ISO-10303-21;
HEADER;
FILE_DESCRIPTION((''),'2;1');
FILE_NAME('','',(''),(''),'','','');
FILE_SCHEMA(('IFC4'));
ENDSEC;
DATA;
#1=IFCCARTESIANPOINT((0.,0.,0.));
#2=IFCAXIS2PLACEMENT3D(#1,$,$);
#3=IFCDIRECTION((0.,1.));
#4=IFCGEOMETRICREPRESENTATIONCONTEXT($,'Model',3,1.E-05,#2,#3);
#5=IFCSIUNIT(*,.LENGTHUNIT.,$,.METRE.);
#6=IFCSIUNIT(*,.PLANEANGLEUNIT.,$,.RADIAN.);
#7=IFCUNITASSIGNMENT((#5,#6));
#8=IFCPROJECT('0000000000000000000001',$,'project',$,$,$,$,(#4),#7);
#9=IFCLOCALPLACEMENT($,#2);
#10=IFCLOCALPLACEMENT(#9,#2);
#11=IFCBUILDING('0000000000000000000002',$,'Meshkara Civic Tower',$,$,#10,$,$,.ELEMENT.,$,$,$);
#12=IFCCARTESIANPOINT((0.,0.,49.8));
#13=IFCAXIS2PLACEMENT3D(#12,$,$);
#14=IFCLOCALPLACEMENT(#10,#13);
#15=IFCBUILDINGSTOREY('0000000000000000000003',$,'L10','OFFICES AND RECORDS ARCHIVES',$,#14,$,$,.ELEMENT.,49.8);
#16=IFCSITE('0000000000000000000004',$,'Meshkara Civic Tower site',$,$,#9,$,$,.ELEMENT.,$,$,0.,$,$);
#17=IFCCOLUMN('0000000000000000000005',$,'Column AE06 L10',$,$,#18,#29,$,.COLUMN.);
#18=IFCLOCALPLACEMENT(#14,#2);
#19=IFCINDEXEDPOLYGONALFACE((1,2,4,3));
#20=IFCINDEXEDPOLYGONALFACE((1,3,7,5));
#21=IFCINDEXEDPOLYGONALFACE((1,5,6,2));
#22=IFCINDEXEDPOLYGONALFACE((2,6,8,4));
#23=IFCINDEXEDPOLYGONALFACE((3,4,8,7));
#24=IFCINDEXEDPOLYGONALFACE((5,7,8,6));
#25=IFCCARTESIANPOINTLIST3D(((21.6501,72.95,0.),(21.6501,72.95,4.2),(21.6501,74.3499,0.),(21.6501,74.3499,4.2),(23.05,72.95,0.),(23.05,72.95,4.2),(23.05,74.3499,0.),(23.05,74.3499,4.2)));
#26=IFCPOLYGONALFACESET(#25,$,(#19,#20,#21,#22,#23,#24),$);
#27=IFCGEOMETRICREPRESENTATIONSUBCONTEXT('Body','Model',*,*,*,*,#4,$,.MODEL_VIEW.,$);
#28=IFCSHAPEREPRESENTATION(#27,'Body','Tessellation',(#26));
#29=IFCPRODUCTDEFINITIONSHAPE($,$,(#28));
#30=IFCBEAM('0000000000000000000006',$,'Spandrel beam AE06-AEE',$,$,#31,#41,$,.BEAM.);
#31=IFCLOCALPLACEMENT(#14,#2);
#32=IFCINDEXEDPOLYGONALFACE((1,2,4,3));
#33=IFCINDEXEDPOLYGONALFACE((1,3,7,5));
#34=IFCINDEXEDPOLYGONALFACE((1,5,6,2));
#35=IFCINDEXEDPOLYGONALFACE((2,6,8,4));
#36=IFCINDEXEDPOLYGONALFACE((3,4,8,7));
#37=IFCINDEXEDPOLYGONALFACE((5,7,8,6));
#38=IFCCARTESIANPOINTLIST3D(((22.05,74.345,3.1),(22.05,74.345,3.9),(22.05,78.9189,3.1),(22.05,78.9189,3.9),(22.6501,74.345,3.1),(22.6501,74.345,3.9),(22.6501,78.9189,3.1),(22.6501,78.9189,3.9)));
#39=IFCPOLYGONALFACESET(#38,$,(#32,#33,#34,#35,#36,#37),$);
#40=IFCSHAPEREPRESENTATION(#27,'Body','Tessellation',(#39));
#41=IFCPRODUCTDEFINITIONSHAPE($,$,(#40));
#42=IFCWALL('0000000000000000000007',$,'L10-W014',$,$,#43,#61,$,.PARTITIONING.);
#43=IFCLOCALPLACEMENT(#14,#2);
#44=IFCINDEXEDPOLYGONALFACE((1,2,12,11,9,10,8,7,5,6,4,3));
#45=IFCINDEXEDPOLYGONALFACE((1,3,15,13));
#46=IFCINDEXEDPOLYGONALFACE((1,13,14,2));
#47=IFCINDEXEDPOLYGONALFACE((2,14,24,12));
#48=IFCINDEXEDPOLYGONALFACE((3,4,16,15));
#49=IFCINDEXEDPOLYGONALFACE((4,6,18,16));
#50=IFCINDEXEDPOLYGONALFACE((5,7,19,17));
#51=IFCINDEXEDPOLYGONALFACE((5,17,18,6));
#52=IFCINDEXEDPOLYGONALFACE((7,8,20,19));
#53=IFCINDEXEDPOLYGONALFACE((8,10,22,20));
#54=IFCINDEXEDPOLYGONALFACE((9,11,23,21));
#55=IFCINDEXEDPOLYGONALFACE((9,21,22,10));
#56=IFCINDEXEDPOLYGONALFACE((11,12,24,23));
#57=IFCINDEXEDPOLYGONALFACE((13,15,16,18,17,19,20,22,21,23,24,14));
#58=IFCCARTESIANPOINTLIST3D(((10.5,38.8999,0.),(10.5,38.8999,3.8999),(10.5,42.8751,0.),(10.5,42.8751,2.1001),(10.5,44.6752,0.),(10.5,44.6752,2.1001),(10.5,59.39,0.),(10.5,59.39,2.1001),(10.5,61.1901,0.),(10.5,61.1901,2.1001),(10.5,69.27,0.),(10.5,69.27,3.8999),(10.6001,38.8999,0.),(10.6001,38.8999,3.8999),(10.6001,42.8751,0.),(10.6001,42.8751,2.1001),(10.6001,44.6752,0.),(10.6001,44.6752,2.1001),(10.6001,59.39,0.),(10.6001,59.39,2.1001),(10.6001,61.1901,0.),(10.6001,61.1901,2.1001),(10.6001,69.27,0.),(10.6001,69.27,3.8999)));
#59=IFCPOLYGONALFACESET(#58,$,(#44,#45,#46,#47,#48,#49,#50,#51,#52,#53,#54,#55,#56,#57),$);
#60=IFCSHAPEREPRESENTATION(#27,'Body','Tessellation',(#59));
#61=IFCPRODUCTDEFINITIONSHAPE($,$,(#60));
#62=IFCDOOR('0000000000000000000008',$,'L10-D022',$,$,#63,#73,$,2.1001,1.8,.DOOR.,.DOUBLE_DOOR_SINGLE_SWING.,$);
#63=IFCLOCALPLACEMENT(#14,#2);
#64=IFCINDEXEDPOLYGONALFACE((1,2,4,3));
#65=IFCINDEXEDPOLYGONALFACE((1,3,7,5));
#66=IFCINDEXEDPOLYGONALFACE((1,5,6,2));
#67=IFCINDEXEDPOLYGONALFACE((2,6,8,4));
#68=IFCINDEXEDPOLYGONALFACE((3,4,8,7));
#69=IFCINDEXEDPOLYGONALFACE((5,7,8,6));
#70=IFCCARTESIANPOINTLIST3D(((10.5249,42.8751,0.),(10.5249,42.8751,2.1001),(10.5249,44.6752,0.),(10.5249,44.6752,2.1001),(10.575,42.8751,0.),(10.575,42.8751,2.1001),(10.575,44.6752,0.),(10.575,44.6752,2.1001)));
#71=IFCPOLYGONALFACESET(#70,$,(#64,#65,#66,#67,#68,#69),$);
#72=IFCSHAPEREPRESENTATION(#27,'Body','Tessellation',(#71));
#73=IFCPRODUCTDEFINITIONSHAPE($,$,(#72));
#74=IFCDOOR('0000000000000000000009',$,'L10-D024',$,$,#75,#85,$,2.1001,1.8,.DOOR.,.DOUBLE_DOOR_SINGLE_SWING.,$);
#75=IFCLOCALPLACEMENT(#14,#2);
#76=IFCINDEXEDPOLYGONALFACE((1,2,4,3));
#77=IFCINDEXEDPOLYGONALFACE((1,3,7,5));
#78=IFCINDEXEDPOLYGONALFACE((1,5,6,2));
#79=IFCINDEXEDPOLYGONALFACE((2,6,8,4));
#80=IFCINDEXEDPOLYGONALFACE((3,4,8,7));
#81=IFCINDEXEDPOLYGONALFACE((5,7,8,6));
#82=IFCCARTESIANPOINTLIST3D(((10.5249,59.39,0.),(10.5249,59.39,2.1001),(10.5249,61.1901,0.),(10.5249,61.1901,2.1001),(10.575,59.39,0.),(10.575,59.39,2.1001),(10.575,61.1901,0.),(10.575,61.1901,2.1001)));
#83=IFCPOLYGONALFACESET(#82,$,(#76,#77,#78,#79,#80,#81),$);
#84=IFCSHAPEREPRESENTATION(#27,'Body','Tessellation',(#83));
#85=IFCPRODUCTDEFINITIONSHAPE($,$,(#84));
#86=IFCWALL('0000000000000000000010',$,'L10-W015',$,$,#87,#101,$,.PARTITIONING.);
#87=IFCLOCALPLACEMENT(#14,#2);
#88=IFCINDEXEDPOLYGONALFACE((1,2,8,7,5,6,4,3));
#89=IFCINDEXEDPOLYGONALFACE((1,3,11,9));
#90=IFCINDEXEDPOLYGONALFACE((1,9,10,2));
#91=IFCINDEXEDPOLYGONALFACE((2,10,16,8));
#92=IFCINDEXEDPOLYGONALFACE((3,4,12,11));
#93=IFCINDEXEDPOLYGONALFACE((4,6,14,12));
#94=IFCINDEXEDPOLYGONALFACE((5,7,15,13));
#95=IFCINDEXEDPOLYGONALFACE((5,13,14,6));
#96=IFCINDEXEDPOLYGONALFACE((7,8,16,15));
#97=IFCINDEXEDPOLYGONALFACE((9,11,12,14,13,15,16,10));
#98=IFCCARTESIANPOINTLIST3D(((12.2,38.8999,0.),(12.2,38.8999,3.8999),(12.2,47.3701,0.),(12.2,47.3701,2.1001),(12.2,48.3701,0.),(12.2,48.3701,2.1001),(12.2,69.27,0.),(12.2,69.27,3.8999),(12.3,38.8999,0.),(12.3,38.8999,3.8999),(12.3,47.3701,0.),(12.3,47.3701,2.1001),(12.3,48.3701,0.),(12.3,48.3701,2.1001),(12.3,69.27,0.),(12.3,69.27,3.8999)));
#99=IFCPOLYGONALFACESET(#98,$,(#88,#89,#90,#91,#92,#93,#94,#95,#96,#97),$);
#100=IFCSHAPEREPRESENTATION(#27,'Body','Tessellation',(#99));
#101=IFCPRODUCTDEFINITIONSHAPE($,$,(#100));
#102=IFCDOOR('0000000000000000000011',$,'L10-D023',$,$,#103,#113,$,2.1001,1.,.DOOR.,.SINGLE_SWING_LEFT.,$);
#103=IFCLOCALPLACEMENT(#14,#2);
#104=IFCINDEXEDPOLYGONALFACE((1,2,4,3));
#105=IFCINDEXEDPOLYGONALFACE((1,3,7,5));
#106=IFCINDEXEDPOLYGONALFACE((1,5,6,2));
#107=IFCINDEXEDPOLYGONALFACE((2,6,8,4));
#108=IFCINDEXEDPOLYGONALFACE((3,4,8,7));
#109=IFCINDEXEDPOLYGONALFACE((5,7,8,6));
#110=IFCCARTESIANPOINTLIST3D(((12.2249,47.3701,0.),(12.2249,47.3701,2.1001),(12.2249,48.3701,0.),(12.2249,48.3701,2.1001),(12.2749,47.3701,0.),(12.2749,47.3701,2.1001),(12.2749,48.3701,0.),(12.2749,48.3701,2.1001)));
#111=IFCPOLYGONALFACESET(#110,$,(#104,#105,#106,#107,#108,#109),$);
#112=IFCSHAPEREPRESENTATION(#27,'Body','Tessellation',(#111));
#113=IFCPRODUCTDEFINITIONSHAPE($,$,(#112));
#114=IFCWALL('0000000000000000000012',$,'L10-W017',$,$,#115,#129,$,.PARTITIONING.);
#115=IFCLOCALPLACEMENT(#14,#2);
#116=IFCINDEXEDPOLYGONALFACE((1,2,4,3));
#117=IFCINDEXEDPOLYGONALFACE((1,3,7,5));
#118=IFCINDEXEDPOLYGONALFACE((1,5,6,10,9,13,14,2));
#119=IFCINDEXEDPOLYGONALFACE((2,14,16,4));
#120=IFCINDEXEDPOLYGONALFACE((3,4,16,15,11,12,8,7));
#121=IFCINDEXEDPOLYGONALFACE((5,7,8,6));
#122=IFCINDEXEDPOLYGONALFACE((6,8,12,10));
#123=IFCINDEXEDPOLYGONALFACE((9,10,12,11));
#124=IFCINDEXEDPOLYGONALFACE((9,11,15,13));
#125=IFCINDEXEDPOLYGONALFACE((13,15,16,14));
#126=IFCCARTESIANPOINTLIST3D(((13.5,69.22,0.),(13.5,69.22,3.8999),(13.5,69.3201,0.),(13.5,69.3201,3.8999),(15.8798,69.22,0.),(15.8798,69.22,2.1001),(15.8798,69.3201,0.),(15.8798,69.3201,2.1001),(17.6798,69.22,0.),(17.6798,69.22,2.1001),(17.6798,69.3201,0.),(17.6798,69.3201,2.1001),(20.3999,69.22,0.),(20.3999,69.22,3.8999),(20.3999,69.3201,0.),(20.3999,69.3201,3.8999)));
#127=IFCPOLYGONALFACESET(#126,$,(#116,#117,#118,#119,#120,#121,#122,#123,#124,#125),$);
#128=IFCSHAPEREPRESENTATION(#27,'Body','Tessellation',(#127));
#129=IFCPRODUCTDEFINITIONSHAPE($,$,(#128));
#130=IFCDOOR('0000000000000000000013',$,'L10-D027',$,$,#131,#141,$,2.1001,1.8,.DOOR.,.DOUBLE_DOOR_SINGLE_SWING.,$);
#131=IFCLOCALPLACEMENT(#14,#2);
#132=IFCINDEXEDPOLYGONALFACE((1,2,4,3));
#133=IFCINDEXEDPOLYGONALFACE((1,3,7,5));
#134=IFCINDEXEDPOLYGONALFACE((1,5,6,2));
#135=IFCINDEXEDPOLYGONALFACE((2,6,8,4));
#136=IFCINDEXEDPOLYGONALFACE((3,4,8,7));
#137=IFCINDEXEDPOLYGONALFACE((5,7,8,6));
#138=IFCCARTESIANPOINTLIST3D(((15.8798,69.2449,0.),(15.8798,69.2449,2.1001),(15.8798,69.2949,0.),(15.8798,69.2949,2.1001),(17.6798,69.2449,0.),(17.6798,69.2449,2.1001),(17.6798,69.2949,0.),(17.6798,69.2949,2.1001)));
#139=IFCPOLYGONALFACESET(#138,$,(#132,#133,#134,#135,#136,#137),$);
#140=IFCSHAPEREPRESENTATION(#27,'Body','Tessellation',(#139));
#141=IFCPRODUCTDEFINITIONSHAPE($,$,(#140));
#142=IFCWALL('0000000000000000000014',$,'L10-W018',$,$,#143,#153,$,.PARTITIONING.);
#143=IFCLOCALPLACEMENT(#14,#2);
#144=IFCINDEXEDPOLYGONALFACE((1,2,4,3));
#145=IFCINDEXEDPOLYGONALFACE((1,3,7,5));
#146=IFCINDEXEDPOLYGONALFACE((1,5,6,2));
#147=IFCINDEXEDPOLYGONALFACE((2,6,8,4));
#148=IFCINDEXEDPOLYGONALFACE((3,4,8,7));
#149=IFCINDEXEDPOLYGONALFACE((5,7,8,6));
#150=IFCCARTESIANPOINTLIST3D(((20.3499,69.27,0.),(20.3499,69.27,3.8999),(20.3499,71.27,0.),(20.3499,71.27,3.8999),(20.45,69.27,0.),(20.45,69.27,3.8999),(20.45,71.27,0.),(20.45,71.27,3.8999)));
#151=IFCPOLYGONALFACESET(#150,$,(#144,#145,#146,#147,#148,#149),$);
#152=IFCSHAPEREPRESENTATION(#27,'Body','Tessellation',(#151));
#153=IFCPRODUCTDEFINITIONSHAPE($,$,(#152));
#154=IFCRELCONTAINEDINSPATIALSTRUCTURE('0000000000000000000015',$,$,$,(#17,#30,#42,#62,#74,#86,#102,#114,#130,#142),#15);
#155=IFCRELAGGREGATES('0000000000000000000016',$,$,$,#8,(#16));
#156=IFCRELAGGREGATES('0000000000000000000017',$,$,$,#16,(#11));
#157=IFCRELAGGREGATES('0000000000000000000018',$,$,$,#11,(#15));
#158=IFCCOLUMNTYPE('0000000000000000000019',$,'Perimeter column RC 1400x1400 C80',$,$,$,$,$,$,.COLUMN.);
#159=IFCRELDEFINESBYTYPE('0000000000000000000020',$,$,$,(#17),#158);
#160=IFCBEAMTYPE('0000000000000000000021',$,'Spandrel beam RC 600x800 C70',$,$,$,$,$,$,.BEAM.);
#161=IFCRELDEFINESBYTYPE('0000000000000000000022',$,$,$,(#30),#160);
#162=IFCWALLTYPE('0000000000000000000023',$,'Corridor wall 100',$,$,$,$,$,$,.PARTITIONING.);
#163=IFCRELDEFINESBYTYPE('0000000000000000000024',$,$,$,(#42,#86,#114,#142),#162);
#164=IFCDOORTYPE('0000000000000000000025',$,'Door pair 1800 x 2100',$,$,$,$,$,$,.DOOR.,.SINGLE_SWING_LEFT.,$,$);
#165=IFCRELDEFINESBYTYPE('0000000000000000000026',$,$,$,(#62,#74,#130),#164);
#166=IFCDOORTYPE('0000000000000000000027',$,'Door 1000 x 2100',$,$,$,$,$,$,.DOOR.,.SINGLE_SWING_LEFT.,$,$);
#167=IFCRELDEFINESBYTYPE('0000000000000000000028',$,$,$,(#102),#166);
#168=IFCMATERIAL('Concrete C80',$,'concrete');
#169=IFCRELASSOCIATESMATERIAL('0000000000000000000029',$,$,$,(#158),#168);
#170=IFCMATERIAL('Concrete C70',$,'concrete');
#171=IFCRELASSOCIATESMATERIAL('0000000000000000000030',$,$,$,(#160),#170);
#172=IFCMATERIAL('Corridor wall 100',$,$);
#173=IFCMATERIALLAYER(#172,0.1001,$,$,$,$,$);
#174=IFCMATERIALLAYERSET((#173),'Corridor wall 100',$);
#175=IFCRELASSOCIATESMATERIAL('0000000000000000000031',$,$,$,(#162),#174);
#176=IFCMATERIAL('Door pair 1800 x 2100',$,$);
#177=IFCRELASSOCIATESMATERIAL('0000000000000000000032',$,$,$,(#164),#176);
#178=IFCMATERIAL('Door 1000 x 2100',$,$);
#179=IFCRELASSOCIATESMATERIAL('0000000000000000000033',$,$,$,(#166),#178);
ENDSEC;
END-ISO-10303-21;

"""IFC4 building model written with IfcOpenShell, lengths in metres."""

from ifc_helpers import new_model, si_unit, direction, frame, frame_2d, origin, origin_2d, place, context, subcontext, project, spatial, rectangle, extrude, material, layer, layer_set, material_profile, profile_set, type_object, element, fill, save


model = new_model("IFC4")

# Units and contexts
model_context = context("Model", 3, precision=1e-05, world=origin(), true_north=direction((0.0, 1.0)))
body_context = subcontext(model_context, "Body", "Model", "MODEL_VIEW")
ifc_project = project(units=[si_unit("LENGTHUNIT", "METRE"), si_unit("PLANEANGLEUNIT", "RADIAN")], contexts=[model_context])

# Site, building, storey
site_placement = place(None, origin())
site = spatial("IfcSite", under=ifc_project, at=site_placement, Name="Meshkara Civic Tower site", CompositionType="ELEMENT", RefElevation=0.0)
building_placement = place(site_placement, origin())
building = spatial("IfcBuilding", under=site, at=building_placement, Name="Meshkara Civic Tower", CompositionType="ELEMENT")
storey_placement = place(building_placement, frame((0.0, 0.0, 49.8)))
storey = spatial("IfcBuildingStorey", under=building, at=storey_placement, Name="L10", Description="OFFICES AND RECORDS ARCHIVES", CompositionType="ELEMENT", Elevation=49.8)

# Column
ifc_material_1 = material(Name="Concrete C80", Category="concrete")
ifc_material_profile_1 = material_profile(ifc_material_1, rectangle(XDim=1.3999, YDim=1.3999, at=origin_2d()))
ifc_profile_set_1 = profile_set([ifc_material_profile_1], Name="Concrete C80")
column_type = type_object("IfcColumnType", Name="Perimeter column RC 1400x1400 C80", PredefinedType="COLUMN", material=ifc_profile_set_1)
column_placement = place(storey_placement, frame((22.3501, 73.6499, 0.0), z_axis=(0.0, 0.0, 1.0), x_axis=(1.0, 0.0, 0.0)))
element("IfcColumn", 1, at=column_placement, inside=storey, type_object=column_type, Name="Column AE06 L10", PredefinedType="COLUMN", context=body_context, shape_type="SweptSolid", body=[
    extrude(rectangle(XDim=1.3999, YDim=1.3999, at=origin_2d()), origin(), (0.0, 0.0, 1.0), 4.2),
])

# Beam
ifc_material_2 = material(Name="Concrete C70", Category="concrete")
ifc_material_profile_2 = material_profile(ifc_material_2, rectangle(XDim=0.6001, YDim=0.8, at=origin_2d()))
ifc_profile_set_2 = profile_set([ifc_material_profile_2], Name="Concrete C70")
beam_type = type_object("IfcBeamType", Name="Spandrel beam RC 600x800 C70", PredefinedType="BEAM", material=ifc_profile_set_2)
beam_placement = place(storey_placement, frame((22.3501, 74.345, 3.5), z_axis=(0.0, 1.0, 0.0), x_axis=(-1.0, 0.0, 0.0)))
element("IfcBeam", 2, at=beam_placement, inside=storey, type_object=beam_type, Name="Spandrel beam AE06-AEE", PredefinedType="BEAM", context=body_context, shape_type="SweptSolid", body=[
    extrude(rectangle(XDim=0.6001, YDim=0.8, at=origin_2d()), origin(), (0.0, 0.0, 1.0), 4.574),
])

# Wall, openings, doors
ifc_material_3 = material(Name="Corridor wall 100")
ifc_layer_1 = layer(ifc_material_3, 0.1001)
ifc_layer_set_1 = layer_set([ifc_layer_1], Name="Corridor wall 100")
wall_type_1 = type_object("IfcWallType", Name="Corridor wall 100", PredefinedType="PARTITIONING", material=ifc_layer_set_1)
wall_1_placement = place(storey_placement, frame((10.55, 69.27, 0.0), z_axis=(0.0, 0.0, 1.0), x_axis=(0.0, -1.0, 0.0)))
wall_1 = element("IfcWall", 3, at=wall_1_placement, inside=storey, type_object=wall_type_1, Name="L10-W014", PredefinedType="PARTITIONING", context=body_context, shape_type="SweptSolid", body=[
    extrude(rectangle(XDim=30.3701, YDim=0.1001, at=frame_2d((15.1851, 0.0))), origin(), (0.0, 0.0, 1.0), 3.8999),
])
opening_1_placement = place(wall_1_placement, frame((24.595, 0.0, 0.0)))
opening_1 = element("IfcOpeningElement", 4, at=opening_1_placement, cuts=wall_1, PredefinedType="OPENING", context=body_context, shape_type="SweptSolid", body=[
    extrude(rectangle(XDim=1.8, YDim=2.1001, at=frame_2d((0.8999, 1.05))), frame((0.0, 0.0601, 0.0), z_axis=(0.0, -1.0, 0.0), x_axis=(1.0, 0.0, 0.0)), (0.0, 0.0, 1.0), 0.1201),
])
opening_2_placement = place(wall_1_placement, frame((8.0801, 0.0, 0.0)))
opening_2 = element("IfcOpeningElement", 5, at=opening_2_placement, cuts=wall_1, PredefinedType="OPENING", context=body_context, shape_type="SweptSolid", body=[
    extrude(rectangle(XDim=1.8, YDim=2.1001, at=frame_2d((0.8999, 1.05))), frame((0.0, 0.0601, 0.0), z_axis=(0.0, -1.0, 0.0), x_axis=(1.0, 0.0, 0.0)), (0.0, 0.0, 1.0), 0.1201),
])
ifc_material_4 = material(Name="Door pair 1800 x 2100")
door_type_1 = type_object("IfcDoorType", Name="Door pair 1800 x 2100", OperationType="SINGLE_SWING_LEFT", PredefinedType="DOOR", material=ifc_material_4)
door_1_placement = place(opening_1_placement, origin())
door_1 = element("IfcDoor", 6, at=door_1_placement, inside=storey, type_object=door_type_1, Name="L10-D022", OperationType="DOUBLE_DOOR_SINGLE_SWING", OverallHeight=2.1001, OverallWidth=1.8, PredefinedType="DOOR", context=body_context, shape_type="SweptSolid", body=[
    extrude(rectangle(XDim=1.8, YDim=2.1001, at=frame_2d((0.8999, 1.05))), frame((0.0, 0.0249, 0.0), z_axis=(0.0, -1.0, 0.0), x_axis=(1.0, 0.0, 0.0)), (0.0, 0.0, 1.0), 0.05),
])
fill(opening_1, door_1)
door_2_placement = place(opening_2_placement, origin())
door_2 = element("IfcDoor", 7, at=door_2_placement, inside=storey, type_object=door_type_1, Name="L10-D024", OperationType="DOUBLE_DOOR_SINGLE_SWING", OverallHeight=2.1001, OverallWidth=1.8, PredefinedType="DOOR", context=body_context, shape_type="SweptSolid", body=[
    extrude(rectangle(XDim=1.8, YDim=2.1001, at=frame_2d((0.8999, 1.05))), frame((0.0, 0.0249, 0.0), z_axis=(0.0, -1.0, 0.0), x_axis=(1.0, 0.0, 0.0)), (0.0, 0.0, 1.0), 0.05),
])
fill(opening_2, door_2)

# Walls, openings, doors
wall_2_placement = place(storey_placement, frame((12.25, 69.27, 0.0), z_axis=(0.0, 0.0, 1.0), x_axis=(0.0, -1.0, 0.0)))
wall_2 = element("IfcWall", 8, at=wall_2_placement, inside=storey, type_object=wall_type_1, Name="L10-W015", PredefinedType="PARTITIONING", context=body_context, shape_type="SweptSolid", body=[
    extrude(rectangle(XDim=30.3701, YDim=0.1001, at=frame_2d((15.1851, 0.0))), origin(), (0.0, 0.0, 1.0), 3.8999),
])
opening_3_placement = place(wall_2_placement, frame((20.8999, 0.0, 0.0)))
opening_3 = element("IfcOpeningElement", 9, at=opening_3_placement, cuts=wall_2, PredefinedType="OPENING", context=body_context, shape_type="SweptSolid", body=[
    extrude(rectangle(XDim=1.0, YDim=2.1001, at=frame_2d((0.5, 1.05))), frame((0.0, 0.0601, 0.0), z_axis=(0.0, -1.0, 0.0), x_axis=(1.0, 0.0, 0.0)), (0.0, 0.0, 1.0), 0.1201),
])
ifc_material_5 = material(Name="Door 1000 x 2100")
door_type_2 = type_object("IfcDoorType", Name="Door 1000 x 2100", OperationType="SINGLE_SWING_LEFT", PredefinedType="DOOR", material=ifc_material_5)
door_3_placement = place(opening_3_placement, origin())
door_3 = element("IfcDoor", 10, at=door_3_placement, inside=storey, type_object=door_type_2, Name="L10-D023", OperationType="SINGLE_SWING_LEFT", OverallHeight=2.1001, OverallWidth=1.0, PredefinedType="DOOR", context=body_context, shape_type="SweptSolid", body=[
    extrude(rectangle(XDim=1.0, YDim=2.1001, at=frame_2d((0.5, 1.05))), frame((0.0, 0.0249, 0.0), z_axis=(0.0, -1.0, 0.0), x_axis=(1.0, 0.0, 0.0)), (0.0, 0.0, 1.0), 0.05),
])
fill(opening_3, door_3)
wall_3_placement = place(storey_placement, frame((13.5, 69.27, 0.0), z_axis=(0.0, 0.0, 1.0), x_axis=(1.0, 0.0, 0.0)))
wall_3 = element("IfcWall", 11, at=wall_3_placement, inside=storey, type_object=wall_type_1, Name="L10-W017", PredefinedType="PARTITIONING", context=body_context, shape_type="SweptSolid", body=[
    extrude(rectangle(XDim=6.8999, YDim=0.1001, at=frame_2d((3.45, 0.0))), origin(), (0.0, 0.0, 1.0), 3.8999),
])
opening_4_placement = place(wall_3_placement, frame((2.3799, 0.0, 0.0)))
opening_4 = element("IfcOpeningElement", 12, at=opening_4_placement, cuts=wall_3, PredefinedType="OPENING", context=body_context, shape_type="SweptSolid", body=[
    extrude(rectangle(XDim=1.8, YDim=2.1001, at=frame_2d((0.8999, 1.05))), frame((0.0, 0.0601, 0.0), z_axis=(0.0, -1.0, 0.0), x_axis=(1.0, 0.0, 0.0)), (0.0, 0.0, 1.0), 0.1201),
])
door_4_placement = place(opening_4_placement, origin())
door_4 = element("IfcDoor", 13, at=door_4_placement, inside=storey, type_object=door_type_1, Name="L10-D027", OperationType="DOUBLE_DOOR_SINGLE_SWING", OverallHeight=2.1001, OverallWidth=1.8, PredefinedType="DOOR", context=body_context, shape_type="SweptSolid", body=[
    extrude(rectangle(XDim=1.8, YDim=2.1001, at=frame_2d((0.8999, 1.05))), frame((0.0, 0.0249, 0.0), z_axis=(0.0, -1.0, 0.0), x_axis=(1.0, 0.0, 0.0)), (0.0, 0.0, 1.0), 0.05),
])
fill(opening_4, door_4)

# Wall
wall_4_placement = place(storey_placement, frame((20.3999, 69.27, 0.0), z_axis=(0.0, 0.0, 1.0), x_axis=(0.0, 1.0, 0.0)))
element("IfcWall", 14, at=wall_4_placement, inside=storey, type_object=wall_type_1, Name="L10-W018", PredefinedType="PARTITIONING", context=body_context, shape_type="SweptSolid", body=[
    extrude(rectangle(XDim=2.0, YDim=0.1001, at=frame_2d((1.0, 0.0))), origin(), (0.0, 0.0, 1.0), 3.8999),
])

save(model, "model.ifc")
